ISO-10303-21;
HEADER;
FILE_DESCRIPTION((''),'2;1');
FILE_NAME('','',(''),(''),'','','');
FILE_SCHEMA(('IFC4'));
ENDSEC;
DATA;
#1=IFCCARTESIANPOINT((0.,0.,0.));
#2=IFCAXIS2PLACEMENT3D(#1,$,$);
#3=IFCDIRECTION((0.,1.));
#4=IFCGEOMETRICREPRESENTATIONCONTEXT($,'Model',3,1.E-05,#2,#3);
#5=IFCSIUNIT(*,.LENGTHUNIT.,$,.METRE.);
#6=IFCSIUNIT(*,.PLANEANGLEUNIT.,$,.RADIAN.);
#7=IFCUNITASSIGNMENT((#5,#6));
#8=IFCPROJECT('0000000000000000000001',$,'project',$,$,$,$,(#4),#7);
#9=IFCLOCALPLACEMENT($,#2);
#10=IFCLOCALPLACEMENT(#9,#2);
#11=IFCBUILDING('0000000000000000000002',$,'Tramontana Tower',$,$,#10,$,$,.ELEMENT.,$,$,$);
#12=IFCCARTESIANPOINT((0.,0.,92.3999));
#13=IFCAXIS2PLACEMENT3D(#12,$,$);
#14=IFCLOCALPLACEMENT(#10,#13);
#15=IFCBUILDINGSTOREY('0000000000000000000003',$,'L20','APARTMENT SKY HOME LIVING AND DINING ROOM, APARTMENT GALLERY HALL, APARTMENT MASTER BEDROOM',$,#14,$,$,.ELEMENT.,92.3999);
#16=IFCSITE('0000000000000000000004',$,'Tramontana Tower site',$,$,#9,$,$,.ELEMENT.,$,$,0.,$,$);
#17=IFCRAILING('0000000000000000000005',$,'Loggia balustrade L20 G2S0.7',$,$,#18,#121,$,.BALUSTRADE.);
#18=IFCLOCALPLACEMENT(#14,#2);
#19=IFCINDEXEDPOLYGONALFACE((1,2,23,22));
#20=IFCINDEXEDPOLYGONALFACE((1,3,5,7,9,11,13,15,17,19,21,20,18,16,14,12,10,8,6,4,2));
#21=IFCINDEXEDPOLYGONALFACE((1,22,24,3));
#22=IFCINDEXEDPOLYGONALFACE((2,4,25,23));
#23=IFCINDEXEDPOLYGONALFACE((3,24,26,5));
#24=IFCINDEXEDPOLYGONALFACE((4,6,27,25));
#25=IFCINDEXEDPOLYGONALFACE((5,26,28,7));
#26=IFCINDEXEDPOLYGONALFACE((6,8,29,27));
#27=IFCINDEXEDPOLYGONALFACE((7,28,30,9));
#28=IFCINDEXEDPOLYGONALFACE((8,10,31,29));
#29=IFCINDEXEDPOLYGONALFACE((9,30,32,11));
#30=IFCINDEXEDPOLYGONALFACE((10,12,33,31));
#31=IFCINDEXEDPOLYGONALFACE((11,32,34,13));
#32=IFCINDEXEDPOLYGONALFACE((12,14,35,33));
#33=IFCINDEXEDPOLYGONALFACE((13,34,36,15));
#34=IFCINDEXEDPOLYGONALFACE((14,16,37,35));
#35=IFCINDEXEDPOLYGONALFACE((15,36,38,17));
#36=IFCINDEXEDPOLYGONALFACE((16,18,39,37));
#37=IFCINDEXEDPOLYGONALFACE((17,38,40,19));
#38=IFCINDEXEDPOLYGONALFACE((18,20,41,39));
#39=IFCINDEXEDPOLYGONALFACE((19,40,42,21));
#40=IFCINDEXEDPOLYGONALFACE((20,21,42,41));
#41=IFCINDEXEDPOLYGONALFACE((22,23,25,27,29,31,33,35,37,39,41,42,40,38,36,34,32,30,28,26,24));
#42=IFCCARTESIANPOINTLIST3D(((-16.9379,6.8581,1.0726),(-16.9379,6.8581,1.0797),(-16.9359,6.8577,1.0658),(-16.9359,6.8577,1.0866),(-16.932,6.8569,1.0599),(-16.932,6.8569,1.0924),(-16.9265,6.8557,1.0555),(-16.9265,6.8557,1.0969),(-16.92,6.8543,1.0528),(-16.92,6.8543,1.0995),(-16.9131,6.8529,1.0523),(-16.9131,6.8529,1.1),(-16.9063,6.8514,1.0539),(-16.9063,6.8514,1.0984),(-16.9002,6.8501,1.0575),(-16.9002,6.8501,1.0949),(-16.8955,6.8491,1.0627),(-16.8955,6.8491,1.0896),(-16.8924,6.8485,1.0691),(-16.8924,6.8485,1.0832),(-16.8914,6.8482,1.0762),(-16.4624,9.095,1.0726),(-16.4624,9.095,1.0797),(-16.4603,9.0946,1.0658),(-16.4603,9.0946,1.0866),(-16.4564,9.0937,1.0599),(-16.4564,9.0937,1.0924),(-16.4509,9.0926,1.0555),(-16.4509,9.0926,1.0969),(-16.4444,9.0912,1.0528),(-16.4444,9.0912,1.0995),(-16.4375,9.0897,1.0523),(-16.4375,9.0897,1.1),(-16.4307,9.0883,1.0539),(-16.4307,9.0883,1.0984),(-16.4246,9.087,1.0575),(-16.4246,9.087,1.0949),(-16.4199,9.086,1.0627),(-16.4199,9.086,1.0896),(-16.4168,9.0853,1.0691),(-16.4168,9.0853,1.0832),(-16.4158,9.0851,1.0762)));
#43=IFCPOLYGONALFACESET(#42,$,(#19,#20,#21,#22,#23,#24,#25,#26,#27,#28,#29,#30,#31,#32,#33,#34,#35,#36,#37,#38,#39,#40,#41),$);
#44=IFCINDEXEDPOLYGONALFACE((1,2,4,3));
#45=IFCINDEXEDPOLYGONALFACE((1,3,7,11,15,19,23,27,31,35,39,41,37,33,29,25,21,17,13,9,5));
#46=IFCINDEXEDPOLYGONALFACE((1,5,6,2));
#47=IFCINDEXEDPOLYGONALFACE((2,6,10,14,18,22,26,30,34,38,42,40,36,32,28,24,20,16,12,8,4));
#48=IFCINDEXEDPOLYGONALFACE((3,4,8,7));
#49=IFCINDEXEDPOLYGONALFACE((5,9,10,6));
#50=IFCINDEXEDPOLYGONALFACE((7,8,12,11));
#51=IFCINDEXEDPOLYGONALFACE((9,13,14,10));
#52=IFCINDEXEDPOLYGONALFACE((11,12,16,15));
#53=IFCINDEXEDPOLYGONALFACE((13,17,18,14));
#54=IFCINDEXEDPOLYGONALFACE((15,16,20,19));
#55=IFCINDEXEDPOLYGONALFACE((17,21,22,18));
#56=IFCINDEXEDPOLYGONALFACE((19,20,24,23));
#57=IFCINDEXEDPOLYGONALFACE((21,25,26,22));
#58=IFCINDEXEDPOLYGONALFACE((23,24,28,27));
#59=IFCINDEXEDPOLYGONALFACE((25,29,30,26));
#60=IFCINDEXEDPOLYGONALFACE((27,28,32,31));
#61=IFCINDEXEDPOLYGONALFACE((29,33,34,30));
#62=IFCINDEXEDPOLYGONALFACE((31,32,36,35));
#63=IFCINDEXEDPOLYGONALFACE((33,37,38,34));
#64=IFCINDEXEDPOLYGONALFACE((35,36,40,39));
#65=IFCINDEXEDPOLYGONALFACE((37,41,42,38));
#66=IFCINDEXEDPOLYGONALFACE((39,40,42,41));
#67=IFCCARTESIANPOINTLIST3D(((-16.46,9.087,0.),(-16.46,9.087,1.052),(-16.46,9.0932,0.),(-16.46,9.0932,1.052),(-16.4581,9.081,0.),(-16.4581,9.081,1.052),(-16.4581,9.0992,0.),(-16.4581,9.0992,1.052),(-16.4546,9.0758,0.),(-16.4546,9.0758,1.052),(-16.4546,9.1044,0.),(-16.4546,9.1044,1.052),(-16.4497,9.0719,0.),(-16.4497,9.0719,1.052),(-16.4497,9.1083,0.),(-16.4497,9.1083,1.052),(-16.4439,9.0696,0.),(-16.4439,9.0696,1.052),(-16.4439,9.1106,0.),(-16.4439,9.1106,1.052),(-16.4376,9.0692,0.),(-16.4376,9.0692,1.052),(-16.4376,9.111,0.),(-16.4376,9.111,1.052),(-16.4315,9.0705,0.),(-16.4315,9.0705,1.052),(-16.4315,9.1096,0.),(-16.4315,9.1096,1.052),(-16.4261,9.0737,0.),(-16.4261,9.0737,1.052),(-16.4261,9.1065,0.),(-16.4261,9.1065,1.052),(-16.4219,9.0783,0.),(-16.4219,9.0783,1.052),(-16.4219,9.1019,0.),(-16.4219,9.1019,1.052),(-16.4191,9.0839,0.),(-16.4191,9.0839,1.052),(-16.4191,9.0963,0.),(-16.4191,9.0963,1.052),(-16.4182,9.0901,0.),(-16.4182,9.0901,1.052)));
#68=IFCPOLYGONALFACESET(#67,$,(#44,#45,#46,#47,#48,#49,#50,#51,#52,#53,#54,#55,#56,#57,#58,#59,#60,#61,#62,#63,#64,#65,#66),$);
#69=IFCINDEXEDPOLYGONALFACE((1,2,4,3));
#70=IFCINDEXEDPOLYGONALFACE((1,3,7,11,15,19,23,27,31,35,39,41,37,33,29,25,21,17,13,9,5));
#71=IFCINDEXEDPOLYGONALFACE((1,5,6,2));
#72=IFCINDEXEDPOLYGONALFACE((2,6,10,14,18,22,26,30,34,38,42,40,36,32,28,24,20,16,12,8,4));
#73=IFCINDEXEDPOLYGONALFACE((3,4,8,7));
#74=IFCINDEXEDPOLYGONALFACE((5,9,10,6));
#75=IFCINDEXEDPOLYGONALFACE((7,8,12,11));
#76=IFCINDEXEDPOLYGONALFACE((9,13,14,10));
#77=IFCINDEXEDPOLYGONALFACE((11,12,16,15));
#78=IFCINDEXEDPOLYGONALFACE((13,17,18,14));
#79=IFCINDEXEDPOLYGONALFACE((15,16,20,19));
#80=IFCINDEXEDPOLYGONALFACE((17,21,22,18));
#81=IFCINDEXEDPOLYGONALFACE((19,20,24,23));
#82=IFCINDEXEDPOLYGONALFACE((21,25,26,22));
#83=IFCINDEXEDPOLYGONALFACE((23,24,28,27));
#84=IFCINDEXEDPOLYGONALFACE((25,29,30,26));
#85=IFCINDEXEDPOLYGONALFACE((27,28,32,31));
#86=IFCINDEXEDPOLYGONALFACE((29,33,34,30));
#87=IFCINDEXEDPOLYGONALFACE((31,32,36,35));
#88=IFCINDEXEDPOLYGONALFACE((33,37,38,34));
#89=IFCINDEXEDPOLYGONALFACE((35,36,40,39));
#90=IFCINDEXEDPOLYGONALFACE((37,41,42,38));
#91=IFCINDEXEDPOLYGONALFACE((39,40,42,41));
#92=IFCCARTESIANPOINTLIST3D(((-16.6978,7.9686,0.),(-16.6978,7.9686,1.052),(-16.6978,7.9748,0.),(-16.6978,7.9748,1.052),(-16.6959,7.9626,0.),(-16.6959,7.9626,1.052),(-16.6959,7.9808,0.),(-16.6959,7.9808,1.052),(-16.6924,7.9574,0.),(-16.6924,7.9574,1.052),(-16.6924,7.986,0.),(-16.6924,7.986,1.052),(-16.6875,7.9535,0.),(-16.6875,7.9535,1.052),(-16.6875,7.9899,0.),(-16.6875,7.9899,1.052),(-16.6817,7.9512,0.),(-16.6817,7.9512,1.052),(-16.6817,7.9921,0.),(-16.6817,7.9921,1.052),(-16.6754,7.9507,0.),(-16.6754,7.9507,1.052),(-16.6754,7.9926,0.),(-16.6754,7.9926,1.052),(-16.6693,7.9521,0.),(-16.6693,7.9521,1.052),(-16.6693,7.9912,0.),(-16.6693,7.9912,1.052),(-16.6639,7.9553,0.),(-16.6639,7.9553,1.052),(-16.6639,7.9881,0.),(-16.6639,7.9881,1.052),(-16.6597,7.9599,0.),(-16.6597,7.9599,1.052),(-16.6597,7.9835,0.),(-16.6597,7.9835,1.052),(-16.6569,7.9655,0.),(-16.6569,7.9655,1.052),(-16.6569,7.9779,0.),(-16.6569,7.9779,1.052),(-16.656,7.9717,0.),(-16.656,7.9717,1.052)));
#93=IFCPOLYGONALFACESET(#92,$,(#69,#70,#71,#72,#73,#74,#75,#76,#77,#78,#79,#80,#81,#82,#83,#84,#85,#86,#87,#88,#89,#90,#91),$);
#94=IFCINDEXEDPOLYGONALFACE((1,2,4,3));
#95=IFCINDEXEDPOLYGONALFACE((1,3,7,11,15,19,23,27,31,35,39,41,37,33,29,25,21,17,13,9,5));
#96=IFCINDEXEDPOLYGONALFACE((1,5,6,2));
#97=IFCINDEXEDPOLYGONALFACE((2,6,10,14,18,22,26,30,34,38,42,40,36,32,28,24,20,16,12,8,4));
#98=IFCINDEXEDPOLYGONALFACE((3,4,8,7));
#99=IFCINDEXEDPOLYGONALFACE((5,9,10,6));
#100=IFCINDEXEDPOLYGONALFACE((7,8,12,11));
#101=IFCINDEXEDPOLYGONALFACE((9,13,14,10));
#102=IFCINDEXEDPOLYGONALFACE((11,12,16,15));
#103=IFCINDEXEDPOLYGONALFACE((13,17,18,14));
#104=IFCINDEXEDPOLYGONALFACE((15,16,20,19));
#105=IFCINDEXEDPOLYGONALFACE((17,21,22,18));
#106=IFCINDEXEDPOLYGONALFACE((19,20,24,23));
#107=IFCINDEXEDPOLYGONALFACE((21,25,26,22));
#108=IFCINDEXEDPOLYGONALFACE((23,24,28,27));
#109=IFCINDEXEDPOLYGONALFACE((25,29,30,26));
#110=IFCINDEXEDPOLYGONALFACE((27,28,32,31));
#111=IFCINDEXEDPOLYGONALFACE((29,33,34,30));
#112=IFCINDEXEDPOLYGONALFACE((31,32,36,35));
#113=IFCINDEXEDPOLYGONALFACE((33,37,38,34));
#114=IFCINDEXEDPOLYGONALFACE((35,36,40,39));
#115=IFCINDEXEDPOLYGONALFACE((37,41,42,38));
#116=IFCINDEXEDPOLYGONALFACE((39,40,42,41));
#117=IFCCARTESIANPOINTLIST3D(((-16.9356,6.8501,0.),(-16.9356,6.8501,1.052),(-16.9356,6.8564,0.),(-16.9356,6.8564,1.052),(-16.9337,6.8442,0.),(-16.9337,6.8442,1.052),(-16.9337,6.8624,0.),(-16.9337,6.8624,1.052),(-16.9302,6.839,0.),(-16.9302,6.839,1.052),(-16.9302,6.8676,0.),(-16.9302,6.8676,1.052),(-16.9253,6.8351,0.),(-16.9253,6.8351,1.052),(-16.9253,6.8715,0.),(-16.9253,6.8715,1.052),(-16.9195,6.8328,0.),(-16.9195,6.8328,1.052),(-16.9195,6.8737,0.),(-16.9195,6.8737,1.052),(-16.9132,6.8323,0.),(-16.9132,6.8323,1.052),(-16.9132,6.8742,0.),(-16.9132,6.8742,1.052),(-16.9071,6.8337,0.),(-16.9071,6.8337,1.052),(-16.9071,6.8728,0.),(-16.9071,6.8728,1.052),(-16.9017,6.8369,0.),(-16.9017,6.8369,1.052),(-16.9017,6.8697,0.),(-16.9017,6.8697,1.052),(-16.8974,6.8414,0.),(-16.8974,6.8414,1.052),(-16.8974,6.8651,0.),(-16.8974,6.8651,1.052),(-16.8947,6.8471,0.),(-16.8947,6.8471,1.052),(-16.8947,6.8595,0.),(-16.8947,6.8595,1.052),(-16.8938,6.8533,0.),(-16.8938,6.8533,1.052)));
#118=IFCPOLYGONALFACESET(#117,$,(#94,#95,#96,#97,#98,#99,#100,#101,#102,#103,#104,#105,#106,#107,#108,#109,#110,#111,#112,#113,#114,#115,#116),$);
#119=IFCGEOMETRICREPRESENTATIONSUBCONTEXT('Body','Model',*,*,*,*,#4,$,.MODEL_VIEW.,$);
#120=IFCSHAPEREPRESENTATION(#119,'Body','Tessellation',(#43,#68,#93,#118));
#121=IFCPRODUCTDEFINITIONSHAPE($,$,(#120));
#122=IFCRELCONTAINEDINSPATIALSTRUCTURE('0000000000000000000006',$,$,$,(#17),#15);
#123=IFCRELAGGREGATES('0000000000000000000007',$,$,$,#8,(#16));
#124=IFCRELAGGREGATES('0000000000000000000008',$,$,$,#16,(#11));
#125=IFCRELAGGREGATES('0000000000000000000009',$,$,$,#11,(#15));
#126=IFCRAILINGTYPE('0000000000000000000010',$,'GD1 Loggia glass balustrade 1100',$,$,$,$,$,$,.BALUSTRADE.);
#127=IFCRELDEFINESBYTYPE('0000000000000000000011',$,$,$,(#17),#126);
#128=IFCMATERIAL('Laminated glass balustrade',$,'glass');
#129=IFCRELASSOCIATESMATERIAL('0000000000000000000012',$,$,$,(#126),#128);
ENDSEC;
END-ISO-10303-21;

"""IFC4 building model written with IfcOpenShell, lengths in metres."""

from ifc_helpers import new_model, si_unit, direction, frame, origin, origin_2d, place, context, subcontext, project, spatial, circle, extrude, material, type_object, element, save


model = new_model("IFC4")

# Units and contexts
model_context = context("Model", 3, precision=1e-05, world=origin(), true_north=direction((0.0, 1.0)))
body_context = subcontext(model_context, "Body", "Model", "MODEL_VIEW")
ifc_project = project(units=[si_unit("LENGTHUNIT", "METRE"), si_unit("PLANEANGLEUNIT", "RADIAN")], contexts=[model_context])

# Site, building, storey
site_placement = place(None, origin())
site = spatial("IfcSite", under=ifc_project, at=site_placement, Name="Tramontana Tower site", CompositionType="ELEMENT", RefElevation=0.0)
building_placement = place(site_placement, origin())
building = spatial("IfcBuilding", under=site, at=building_placement, Name="Tramontana Tower", CompositionType="ELEMENT")
storey_placement = place(building_placement, frame((0.0, 0.0, 92.3999)))
storey = spatial("IfcBuildingStorey", under=building, at=storey_placement, Name="L20", Description="APARTMENT SKY HOME LIVING AND DINING ROOM, APARTMENT GALLERY HALL, APARTMENT MASTER BEDROOM", CompositionType="ELEMENT", Elevation=92.3999)

# Railing
ifc_material_1 = material(Name="Laminated glass balustrade", Category="glass")
railing_type = type_object("IfcRailingType", Name="GD1 Loggia glass balustrade 1100", PredefinedType="BALUSTRADE", material=ifc_material_1)
railing_placement = place(storey_placement, frame((-16.4392, 9.0901, 0.0)))
element("IfcRailing", 1, at=railing_placement, inside=storey, type_object=railing_type, Name="Loggia balustrade L20 G2S0.7", PredefinedType="BALUSTRADE", context=body_context, shape_type="SweptSolid", body=[
    extrude(circle(Radius=0.0239, at=origin_2d()), frame((0.0, 0.0, 1.0762), z_axis=(-0.207969, -0.978136, 0.0), x_axis=(0.978136, -0.207969, 0.0)), (0.0, 0.0, 1.0), 2.2869),
    extrude(circle(Radius=0.021, at=origin_2d()), origin(), (0.0, 0.0, 1.0), 1.052),
    extrude(circle(Radius=0.021, at=origin_2d()), frame((-0.2378, -1.1184, 0.0)), (0.0, 0.0, 1.0), 1.052),
    extrude(circle(Radius=0.021, at=origin_2d()), frame((-0.4756, -2.2368, 0.0)), (0.0, 0.0, 1.0), 1.052),
])

save(model, "model.ifc")
